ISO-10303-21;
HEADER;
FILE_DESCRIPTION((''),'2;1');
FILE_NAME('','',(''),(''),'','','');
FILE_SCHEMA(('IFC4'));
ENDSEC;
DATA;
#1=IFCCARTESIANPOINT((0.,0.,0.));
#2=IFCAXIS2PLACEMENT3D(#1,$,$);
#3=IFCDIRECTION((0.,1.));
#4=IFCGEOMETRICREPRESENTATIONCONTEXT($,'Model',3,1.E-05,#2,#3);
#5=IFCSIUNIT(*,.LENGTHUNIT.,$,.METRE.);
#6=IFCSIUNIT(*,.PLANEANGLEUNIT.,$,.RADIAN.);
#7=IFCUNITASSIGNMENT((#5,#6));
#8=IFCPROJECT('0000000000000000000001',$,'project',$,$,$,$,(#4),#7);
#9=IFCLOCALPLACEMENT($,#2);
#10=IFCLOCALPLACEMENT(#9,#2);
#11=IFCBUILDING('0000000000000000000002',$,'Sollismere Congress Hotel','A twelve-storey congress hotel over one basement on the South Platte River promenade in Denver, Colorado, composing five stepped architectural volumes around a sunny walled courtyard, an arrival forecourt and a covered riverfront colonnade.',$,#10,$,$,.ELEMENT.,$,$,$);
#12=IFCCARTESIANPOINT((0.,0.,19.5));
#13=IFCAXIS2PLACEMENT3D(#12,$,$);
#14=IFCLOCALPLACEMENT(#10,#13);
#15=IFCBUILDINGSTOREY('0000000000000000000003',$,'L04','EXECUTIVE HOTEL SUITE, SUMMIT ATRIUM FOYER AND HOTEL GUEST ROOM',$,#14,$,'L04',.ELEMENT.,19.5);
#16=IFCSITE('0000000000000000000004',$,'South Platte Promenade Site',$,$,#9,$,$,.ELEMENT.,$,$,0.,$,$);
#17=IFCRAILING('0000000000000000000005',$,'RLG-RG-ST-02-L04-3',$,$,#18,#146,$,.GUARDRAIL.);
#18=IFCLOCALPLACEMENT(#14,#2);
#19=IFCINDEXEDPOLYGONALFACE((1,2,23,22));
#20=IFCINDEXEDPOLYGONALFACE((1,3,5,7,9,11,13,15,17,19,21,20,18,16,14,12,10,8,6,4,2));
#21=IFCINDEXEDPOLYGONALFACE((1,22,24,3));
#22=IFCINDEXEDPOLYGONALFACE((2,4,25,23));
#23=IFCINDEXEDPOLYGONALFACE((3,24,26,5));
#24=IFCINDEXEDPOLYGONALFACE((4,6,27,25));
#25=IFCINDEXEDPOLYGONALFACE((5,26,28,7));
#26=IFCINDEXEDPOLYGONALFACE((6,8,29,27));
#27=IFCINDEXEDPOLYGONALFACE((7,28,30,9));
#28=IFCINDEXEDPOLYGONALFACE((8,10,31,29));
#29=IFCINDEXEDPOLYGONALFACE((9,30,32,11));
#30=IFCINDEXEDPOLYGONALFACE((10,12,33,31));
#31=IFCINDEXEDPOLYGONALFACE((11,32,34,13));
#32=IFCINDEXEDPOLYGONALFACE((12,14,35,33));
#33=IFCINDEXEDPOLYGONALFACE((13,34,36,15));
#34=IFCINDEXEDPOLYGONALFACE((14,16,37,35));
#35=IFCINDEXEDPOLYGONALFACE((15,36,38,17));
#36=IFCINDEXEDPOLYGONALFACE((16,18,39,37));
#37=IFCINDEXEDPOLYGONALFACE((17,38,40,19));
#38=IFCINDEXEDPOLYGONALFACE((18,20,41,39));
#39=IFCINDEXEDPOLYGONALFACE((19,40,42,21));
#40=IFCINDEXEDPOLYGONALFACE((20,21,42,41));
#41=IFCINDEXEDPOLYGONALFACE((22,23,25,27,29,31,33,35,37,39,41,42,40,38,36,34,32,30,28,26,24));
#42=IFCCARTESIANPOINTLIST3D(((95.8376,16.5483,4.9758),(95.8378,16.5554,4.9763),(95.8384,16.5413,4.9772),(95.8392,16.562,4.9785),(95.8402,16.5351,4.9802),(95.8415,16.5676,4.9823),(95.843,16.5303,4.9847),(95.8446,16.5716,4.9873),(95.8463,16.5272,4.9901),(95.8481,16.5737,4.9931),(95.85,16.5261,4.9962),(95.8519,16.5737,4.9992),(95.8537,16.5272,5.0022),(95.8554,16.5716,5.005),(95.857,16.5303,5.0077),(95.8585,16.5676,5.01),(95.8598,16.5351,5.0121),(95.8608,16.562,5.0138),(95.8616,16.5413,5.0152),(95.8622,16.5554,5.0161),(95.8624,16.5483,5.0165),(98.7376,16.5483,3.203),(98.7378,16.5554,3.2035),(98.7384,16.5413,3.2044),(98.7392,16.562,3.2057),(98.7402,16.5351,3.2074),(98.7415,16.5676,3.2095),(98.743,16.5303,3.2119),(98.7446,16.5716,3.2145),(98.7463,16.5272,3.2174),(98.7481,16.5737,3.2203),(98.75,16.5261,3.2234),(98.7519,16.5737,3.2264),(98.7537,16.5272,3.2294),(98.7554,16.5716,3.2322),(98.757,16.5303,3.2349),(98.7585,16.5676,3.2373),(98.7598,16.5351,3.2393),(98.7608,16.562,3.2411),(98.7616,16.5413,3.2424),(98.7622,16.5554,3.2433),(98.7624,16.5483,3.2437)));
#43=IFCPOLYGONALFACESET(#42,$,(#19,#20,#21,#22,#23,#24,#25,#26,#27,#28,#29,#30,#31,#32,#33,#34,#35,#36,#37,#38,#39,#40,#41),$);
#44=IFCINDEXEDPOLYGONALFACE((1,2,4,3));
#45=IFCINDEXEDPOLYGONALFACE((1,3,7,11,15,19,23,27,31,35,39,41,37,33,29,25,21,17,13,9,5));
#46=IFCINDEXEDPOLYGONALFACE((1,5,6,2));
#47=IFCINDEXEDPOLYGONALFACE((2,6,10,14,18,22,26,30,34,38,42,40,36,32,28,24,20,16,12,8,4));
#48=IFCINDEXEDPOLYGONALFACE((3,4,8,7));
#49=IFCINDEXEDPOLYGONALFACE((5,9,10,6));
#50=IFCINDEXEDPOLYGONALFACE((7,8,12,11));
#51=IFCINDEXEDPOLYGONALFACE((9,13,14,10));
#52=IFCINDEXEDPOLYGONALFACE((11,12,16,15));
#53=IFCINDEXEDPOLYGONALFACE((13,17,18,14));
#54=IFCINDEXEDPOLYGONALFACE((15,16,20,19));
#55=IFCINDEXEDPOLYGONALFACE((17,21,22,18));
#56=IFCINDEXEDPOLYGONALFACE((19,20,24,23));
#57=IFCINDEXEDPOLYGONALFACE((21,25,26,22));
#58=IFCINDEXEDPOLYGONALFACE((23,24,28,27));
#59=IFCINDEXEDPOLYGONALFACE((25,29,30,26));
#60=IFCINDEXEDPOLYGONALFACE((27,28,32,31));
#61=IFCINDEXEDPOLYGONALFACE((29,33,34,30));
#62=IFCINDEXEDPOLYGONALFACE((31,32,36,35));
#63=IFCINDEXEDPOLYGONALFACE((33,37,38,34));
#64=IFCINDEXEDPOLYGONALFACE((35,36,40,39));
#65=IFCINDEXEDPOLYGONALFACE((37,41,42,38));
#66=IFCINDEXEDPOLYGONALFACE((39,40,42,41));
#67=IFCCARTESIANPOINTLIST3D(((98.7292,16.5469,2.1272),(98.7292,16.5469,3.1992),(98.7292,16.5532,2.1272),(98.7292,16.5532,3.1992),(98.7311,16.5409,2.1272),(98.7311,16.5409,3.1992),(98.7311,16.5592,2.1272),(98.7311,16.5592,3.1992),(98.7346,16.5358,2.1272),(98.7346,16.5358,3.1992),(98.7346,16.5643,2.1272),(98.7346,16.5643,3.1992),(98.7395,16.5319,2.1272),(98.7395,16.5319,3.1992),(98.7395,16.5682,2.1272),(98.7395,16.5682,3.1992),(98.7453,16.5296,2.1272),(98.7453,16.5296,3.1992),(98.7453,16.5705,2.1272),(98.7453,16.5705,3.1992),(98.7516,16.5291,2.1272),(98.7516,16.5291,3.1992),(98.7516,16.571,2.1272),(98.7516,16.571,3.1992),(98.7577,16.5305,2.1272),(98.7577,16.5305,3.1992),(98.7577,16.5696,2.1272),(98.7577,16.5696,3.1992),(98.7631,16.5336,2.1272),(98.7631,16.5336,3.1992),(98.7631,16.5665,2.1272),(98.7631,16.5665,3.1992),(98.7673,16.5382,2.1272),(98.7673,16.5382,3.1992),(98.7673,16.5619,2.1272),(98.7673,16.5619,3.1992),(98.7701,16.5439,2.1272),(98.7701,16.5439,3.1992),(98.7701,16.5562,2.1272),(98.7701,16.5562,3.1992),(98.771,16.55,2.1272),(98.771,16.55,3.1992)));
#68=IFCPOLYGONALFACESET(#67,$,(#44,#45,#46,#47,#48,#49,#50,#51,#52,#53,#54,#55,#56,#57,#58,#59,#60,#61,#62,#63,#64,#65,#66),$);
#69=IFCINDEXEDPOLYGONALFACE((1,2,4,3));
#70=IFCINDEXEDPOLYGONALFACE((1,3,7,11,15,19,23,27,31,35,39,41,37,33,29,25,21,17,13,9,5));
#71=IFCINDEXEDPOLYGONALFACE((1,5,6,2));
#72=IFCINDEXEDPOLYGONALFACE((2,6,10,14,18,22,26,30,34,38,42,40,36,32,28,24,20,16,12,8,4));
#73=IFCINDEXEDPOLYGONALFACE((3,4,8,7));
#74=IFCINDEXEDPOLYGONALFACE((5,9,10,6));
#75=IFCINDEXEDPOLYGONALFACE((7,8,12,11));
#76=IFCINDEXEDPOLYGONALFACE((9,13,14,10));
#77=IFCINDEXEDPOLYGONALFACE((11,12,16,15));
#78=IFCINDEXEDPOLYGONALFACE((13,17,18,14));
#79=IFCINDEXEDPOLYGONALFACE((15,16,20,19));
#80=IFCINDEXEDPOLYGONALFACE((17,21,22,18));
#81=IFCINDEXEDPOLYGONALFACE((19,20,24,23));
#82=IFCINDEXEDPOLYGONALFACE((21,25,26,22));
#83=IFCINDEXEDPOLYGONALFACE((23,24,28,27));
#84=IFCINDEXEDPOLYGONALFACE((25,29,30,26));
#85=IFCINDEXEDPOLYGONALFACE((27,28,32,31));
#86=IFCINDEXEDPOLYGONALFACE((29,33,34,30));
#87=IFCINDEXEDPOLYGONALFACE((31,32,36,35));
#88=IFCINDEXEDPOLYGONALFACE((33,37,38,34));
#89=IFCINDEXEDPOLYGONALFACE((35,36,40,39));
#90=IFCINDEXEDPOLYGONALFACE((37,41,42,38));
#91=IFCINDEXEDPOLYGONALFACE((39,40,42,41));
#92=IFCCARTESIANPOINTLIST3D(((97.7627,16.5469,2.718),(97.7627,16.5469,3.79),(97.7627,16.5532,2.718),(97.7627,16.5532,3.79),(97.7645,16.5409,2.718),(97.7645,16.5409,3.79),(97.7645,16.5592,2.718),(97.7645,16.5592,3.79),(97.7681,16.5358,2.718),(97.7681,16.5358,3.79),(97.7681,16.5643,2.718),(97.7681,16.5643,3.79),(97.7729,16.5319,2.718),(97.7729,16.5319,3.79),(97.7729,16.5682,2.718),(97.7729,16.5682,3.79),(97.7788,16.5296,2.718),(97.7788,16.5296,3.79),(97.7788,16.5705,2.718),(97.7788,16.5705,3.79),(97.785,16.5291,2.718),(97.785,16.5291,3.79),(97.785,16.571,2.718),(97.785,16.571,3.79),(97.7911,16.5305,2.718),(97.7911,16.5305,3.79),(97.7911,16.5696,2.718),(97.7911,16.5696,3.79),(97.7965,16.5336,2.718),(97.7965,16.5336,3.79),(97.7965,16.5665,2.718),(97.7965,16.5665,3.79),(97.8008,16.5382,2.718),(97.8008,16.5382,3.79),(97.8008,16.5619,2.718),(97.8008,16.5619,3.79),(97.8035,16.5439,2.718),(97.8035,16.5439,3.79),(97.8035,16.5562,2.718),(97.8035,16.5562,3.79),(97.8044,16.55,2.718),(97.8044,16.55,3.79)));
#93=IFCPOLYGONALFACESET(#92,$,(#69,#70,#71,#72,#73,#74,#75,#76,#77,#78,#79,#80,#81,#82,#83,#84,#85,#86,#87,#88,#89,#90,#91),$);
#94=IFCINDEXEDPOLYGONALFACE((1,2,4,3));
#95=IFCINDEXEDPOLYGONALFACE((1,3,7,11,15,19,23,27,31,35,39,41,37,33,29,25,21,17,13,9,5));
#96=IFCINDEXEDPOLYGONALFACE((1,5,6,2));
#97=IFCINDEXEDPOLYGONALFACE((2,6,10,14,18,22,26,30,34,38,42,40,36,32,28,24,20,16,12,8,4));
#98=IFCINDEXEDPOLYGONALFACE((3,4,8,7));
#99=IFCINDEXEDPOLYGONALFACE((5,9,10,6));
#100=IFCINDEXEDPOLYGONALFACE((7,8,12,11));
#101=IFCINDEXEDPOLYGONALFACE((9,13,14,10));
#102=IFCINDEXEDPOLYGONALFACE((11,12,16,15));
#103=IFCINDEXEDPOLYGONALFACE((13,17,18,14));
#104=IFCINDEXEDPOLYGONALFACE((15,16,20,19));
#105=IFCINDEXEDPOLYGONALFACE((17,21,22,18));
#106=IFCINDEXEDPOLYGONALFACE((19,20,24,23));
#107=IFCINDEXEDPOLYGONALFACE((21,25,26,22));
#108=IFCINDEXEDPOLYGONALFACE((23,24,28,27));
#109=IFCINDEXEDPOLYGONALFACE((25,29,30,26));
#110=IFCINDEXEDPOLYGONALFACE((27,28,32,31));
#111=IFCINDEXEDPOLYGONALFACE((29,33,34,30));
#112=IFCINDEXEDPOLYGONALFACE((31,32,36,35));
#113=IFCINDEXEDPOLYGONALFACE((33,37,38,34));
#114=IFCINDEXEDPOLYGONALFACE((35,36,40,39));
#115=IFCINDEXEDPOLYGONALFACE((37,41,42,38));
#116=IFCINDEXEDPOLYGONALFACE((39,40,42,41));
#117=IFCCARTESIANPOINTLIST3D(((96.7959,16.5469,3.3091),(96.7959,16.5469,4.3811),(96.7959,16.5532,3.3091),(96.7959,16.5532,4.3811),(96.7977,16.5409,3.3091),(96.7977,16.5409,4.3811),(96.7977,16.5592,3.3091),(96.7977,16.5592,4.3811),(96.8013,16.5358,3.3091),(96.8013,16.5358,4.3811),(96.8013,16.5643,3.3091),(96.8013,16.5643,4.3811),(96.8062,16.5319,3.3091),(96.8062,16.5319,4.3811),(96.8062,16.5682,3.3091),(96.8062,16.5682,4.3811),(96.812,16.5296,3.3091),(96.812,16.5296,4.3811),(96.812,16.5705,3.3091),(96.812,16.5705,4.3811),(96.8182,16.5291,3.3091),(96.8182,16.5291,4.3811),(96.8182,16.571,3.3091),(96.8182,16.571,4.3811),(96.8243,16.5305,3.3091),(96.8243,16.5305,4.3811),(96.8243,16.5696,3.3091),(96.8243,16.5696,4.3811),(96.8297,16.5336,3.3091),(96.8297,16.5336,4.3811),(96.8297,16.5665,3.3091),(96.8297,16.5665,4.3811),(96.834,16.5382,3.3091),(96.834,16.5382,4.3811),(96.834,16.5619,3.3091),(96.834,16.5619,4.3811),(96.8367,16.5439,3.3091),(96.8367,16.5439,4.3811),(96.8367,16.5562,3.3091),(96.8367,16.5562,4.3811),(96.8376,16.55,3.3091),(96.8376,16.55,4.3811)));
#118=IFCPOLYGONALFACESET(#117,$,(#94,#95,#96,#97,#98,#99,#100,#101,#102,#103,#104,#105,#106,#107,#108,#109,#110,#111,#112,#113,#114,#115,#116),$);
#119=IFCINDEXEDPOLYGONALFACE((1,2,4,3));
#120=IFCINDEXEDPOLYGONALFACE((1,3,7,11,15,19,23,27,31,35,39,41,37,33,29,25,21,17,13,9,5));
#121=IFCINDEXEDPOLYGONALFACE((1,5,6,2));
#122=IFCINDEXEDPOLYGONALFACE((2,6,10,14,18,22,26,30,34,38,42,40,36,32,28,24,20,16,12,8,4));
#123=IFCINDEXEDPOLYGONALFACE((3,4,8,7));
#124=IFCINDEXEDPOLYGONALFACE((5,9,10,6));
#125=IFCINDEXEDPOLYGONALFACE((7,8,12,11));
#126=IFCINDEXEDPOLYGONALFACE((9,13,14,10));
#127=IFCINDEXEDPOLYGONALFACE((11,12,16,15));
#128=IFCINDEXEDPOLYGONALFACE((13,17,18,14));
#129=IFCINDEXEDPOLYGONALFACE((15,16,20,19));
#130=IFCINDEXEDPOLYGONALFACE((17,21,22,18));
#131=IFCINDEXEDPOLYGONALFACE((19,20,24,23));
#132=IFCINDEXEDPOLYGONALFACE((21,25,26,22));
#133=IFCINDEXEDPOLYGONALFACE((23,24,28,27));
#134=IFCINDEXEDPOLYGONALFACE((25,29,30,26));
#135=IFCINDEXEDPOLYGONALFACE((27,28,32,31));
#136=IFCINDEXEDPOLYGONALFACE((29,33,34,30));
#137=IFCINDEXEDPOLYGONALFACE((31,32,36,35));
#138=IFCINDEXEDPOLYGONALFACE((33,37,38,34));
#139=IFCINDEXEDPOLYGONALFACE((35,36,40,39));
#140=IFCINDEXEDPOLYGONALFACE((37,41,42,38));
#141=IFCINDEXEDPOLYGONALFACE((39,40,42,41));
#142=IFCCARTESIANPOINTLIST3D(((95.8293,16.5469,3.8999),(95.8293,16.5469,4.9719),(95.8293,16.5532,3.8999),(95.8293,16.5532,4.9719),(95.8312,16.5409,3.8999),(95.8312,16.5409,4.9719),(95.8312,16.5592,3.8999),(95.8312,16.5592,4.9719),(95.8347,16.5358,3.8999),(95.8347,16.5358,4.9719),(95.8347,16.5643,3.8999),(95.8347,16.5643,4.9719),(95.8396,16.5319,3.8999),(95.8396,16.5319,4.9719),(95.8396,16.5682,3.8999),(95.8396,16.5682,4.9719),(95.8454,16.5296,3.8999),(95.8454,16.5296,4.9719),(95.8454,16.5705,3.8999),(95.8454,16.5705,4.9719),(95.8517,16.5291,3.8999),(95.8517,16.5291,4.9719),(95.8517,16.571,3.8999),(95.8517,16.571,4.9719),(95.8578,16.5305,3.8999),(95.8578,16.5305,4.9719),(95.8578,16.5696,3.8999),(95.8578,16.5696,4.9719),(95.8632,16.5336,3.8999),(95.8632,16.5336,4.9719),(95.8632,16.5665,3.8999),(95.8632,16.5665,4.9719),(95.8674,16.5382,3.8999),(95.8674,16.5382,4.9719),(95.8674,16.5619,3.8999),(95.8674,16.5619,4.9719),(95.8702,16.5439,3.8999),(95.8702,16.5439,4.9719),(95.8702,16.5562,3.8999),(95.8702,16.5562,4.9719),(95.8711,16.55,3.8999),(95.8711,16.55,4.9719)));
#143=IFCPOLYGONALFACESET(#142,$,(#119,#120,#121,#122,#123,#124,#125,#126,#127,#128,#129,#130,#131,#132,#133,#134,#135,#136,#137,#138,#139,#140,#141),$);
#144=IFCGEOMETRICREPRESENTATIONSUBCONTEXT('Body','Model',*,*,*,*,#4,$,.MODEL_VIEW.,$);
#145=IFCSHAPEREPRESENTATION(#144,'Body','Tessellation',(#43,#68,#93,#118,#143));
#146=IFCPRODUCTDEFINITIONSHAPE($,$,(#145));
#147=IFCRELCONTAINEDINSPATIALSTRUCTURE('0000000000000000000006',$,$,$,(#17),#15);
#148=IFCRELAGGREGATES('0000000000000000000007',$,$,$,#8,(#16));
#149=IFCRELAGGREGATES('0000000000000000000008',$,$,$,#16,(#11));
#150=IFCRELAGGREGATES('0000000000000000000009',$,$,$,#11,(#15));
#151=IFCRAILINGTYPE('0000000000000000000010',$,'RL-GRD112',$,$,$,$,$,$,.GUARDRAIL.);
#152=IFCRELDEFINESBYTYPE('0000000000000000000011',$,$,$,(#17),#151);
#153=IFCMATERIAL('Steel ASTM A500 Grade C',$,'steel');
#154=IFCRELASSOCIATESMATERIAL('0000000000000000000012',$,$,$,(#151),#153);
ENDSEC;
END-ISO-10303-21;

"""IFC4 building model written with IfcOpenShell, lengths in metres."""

from ifc_helpers import new_model, si_unit, direction, frame, origin, origin_2d, place, context, subcontext, project, spatial, circle, extrude, material, type_object, element, save


model = new_model("IFC4")

# Units and contexts
model_context = context("Model", 3, precision=1e-05, world=origin(), true_north=direction((0.0, 1.0)))
body_context = subcontext(model_context, "Body", "Model", "MODEL_VIEW")
ifc_project = project(units=[si_unit("LENGTHUNIT", "METRE"), si_unit("PLANEANGLEUNIT", "RADIAN")], contexts=[model_context])

# Site, building, storey
site_placement = place(None, origin())
site = spatial("IfcSite", under=ifc_project, at=site_placement, Name="South Platte Promenade Site", CompositionType="ELEMENT", RefElevation=0.0)
building_placement = place(site_placement, origin())
building = spatial("IfcBuilding", under=site, at=building_placement, Name="Sollismere Congress Hotel", Description="A twelve-storey congress hotel over one basement on the South Platte River promenade in Denver, Colorado, composing five stepped architectural volumes around a sunny walled courtyard, an arrival forecourt and a covered riverfront colonnade.", CompositionType="ELEMENT")
storey_placement = place(building_placement, frame((0.0, 0.0, 19.5)))
storey = spatial("IfcBuildingStorey", under=building, at=storey_placement, Name="L04", Description="EXECUTIVE HOTEL SUITE, SUMMIT ATRIUM FOYER AND HOTEL GUEST ROOM", LongName="L04", CompositionType="ELEMENT", Elevation=19.5)

# Railing
ifc_material_1 = material(Name="Steel ASTM A500 Grade C", Category="steel")
railing_type_1 = type_object("IfcRailingType", Name="RL-GRD112", PredefinedType="GUARDRAIL", material=ifc_material_1)
railing_1_placement = place(storey_placement, frame((98.75, 16.55, 2.1272)))
element("IfcRailing", 1, at=railing_1_placement, inside=storey, type_object=railing_type_1, Name="RLG-RG-ST-02-L04-3", PredefinedType="GUARDRAIL", context=body_context, shape_type="SweptSolid", body=[
    extrude(circle(Radius=0.0239, at=origin_2d()), frame((0.0, 0.0, 1.0962), z_axis=(-0.853211, 0.0, 0.521566), x_axis=(0.0, -1.0, 0.0)), (0.0, 0.0, 1.0), 3.3989),
    extrude(circle(Radius=0.021, at=origin_2d()), origin(), (0.0, 0.0, 1.0), 1.072),
    extrude(circle(Radius=0.021, at=origin_2d()), frame((-0.9666, 0.0, 0.5908)), (0.0, 0.0, 1.0), 1.072),
    extrude(circle(Radius=0.021, at=origin_2d()), frame((-1.9333, 0.0, 1.1819)), (0.0, 0.0, 1.0), 1.072),
    extrude(circle(Radius=0.021, at=origin_2d()), frame((-2.8999, 0.0, 1.7727)), (0.0, 0.0, 1.0), 1.072),
])

save(model, "model.ifc")
